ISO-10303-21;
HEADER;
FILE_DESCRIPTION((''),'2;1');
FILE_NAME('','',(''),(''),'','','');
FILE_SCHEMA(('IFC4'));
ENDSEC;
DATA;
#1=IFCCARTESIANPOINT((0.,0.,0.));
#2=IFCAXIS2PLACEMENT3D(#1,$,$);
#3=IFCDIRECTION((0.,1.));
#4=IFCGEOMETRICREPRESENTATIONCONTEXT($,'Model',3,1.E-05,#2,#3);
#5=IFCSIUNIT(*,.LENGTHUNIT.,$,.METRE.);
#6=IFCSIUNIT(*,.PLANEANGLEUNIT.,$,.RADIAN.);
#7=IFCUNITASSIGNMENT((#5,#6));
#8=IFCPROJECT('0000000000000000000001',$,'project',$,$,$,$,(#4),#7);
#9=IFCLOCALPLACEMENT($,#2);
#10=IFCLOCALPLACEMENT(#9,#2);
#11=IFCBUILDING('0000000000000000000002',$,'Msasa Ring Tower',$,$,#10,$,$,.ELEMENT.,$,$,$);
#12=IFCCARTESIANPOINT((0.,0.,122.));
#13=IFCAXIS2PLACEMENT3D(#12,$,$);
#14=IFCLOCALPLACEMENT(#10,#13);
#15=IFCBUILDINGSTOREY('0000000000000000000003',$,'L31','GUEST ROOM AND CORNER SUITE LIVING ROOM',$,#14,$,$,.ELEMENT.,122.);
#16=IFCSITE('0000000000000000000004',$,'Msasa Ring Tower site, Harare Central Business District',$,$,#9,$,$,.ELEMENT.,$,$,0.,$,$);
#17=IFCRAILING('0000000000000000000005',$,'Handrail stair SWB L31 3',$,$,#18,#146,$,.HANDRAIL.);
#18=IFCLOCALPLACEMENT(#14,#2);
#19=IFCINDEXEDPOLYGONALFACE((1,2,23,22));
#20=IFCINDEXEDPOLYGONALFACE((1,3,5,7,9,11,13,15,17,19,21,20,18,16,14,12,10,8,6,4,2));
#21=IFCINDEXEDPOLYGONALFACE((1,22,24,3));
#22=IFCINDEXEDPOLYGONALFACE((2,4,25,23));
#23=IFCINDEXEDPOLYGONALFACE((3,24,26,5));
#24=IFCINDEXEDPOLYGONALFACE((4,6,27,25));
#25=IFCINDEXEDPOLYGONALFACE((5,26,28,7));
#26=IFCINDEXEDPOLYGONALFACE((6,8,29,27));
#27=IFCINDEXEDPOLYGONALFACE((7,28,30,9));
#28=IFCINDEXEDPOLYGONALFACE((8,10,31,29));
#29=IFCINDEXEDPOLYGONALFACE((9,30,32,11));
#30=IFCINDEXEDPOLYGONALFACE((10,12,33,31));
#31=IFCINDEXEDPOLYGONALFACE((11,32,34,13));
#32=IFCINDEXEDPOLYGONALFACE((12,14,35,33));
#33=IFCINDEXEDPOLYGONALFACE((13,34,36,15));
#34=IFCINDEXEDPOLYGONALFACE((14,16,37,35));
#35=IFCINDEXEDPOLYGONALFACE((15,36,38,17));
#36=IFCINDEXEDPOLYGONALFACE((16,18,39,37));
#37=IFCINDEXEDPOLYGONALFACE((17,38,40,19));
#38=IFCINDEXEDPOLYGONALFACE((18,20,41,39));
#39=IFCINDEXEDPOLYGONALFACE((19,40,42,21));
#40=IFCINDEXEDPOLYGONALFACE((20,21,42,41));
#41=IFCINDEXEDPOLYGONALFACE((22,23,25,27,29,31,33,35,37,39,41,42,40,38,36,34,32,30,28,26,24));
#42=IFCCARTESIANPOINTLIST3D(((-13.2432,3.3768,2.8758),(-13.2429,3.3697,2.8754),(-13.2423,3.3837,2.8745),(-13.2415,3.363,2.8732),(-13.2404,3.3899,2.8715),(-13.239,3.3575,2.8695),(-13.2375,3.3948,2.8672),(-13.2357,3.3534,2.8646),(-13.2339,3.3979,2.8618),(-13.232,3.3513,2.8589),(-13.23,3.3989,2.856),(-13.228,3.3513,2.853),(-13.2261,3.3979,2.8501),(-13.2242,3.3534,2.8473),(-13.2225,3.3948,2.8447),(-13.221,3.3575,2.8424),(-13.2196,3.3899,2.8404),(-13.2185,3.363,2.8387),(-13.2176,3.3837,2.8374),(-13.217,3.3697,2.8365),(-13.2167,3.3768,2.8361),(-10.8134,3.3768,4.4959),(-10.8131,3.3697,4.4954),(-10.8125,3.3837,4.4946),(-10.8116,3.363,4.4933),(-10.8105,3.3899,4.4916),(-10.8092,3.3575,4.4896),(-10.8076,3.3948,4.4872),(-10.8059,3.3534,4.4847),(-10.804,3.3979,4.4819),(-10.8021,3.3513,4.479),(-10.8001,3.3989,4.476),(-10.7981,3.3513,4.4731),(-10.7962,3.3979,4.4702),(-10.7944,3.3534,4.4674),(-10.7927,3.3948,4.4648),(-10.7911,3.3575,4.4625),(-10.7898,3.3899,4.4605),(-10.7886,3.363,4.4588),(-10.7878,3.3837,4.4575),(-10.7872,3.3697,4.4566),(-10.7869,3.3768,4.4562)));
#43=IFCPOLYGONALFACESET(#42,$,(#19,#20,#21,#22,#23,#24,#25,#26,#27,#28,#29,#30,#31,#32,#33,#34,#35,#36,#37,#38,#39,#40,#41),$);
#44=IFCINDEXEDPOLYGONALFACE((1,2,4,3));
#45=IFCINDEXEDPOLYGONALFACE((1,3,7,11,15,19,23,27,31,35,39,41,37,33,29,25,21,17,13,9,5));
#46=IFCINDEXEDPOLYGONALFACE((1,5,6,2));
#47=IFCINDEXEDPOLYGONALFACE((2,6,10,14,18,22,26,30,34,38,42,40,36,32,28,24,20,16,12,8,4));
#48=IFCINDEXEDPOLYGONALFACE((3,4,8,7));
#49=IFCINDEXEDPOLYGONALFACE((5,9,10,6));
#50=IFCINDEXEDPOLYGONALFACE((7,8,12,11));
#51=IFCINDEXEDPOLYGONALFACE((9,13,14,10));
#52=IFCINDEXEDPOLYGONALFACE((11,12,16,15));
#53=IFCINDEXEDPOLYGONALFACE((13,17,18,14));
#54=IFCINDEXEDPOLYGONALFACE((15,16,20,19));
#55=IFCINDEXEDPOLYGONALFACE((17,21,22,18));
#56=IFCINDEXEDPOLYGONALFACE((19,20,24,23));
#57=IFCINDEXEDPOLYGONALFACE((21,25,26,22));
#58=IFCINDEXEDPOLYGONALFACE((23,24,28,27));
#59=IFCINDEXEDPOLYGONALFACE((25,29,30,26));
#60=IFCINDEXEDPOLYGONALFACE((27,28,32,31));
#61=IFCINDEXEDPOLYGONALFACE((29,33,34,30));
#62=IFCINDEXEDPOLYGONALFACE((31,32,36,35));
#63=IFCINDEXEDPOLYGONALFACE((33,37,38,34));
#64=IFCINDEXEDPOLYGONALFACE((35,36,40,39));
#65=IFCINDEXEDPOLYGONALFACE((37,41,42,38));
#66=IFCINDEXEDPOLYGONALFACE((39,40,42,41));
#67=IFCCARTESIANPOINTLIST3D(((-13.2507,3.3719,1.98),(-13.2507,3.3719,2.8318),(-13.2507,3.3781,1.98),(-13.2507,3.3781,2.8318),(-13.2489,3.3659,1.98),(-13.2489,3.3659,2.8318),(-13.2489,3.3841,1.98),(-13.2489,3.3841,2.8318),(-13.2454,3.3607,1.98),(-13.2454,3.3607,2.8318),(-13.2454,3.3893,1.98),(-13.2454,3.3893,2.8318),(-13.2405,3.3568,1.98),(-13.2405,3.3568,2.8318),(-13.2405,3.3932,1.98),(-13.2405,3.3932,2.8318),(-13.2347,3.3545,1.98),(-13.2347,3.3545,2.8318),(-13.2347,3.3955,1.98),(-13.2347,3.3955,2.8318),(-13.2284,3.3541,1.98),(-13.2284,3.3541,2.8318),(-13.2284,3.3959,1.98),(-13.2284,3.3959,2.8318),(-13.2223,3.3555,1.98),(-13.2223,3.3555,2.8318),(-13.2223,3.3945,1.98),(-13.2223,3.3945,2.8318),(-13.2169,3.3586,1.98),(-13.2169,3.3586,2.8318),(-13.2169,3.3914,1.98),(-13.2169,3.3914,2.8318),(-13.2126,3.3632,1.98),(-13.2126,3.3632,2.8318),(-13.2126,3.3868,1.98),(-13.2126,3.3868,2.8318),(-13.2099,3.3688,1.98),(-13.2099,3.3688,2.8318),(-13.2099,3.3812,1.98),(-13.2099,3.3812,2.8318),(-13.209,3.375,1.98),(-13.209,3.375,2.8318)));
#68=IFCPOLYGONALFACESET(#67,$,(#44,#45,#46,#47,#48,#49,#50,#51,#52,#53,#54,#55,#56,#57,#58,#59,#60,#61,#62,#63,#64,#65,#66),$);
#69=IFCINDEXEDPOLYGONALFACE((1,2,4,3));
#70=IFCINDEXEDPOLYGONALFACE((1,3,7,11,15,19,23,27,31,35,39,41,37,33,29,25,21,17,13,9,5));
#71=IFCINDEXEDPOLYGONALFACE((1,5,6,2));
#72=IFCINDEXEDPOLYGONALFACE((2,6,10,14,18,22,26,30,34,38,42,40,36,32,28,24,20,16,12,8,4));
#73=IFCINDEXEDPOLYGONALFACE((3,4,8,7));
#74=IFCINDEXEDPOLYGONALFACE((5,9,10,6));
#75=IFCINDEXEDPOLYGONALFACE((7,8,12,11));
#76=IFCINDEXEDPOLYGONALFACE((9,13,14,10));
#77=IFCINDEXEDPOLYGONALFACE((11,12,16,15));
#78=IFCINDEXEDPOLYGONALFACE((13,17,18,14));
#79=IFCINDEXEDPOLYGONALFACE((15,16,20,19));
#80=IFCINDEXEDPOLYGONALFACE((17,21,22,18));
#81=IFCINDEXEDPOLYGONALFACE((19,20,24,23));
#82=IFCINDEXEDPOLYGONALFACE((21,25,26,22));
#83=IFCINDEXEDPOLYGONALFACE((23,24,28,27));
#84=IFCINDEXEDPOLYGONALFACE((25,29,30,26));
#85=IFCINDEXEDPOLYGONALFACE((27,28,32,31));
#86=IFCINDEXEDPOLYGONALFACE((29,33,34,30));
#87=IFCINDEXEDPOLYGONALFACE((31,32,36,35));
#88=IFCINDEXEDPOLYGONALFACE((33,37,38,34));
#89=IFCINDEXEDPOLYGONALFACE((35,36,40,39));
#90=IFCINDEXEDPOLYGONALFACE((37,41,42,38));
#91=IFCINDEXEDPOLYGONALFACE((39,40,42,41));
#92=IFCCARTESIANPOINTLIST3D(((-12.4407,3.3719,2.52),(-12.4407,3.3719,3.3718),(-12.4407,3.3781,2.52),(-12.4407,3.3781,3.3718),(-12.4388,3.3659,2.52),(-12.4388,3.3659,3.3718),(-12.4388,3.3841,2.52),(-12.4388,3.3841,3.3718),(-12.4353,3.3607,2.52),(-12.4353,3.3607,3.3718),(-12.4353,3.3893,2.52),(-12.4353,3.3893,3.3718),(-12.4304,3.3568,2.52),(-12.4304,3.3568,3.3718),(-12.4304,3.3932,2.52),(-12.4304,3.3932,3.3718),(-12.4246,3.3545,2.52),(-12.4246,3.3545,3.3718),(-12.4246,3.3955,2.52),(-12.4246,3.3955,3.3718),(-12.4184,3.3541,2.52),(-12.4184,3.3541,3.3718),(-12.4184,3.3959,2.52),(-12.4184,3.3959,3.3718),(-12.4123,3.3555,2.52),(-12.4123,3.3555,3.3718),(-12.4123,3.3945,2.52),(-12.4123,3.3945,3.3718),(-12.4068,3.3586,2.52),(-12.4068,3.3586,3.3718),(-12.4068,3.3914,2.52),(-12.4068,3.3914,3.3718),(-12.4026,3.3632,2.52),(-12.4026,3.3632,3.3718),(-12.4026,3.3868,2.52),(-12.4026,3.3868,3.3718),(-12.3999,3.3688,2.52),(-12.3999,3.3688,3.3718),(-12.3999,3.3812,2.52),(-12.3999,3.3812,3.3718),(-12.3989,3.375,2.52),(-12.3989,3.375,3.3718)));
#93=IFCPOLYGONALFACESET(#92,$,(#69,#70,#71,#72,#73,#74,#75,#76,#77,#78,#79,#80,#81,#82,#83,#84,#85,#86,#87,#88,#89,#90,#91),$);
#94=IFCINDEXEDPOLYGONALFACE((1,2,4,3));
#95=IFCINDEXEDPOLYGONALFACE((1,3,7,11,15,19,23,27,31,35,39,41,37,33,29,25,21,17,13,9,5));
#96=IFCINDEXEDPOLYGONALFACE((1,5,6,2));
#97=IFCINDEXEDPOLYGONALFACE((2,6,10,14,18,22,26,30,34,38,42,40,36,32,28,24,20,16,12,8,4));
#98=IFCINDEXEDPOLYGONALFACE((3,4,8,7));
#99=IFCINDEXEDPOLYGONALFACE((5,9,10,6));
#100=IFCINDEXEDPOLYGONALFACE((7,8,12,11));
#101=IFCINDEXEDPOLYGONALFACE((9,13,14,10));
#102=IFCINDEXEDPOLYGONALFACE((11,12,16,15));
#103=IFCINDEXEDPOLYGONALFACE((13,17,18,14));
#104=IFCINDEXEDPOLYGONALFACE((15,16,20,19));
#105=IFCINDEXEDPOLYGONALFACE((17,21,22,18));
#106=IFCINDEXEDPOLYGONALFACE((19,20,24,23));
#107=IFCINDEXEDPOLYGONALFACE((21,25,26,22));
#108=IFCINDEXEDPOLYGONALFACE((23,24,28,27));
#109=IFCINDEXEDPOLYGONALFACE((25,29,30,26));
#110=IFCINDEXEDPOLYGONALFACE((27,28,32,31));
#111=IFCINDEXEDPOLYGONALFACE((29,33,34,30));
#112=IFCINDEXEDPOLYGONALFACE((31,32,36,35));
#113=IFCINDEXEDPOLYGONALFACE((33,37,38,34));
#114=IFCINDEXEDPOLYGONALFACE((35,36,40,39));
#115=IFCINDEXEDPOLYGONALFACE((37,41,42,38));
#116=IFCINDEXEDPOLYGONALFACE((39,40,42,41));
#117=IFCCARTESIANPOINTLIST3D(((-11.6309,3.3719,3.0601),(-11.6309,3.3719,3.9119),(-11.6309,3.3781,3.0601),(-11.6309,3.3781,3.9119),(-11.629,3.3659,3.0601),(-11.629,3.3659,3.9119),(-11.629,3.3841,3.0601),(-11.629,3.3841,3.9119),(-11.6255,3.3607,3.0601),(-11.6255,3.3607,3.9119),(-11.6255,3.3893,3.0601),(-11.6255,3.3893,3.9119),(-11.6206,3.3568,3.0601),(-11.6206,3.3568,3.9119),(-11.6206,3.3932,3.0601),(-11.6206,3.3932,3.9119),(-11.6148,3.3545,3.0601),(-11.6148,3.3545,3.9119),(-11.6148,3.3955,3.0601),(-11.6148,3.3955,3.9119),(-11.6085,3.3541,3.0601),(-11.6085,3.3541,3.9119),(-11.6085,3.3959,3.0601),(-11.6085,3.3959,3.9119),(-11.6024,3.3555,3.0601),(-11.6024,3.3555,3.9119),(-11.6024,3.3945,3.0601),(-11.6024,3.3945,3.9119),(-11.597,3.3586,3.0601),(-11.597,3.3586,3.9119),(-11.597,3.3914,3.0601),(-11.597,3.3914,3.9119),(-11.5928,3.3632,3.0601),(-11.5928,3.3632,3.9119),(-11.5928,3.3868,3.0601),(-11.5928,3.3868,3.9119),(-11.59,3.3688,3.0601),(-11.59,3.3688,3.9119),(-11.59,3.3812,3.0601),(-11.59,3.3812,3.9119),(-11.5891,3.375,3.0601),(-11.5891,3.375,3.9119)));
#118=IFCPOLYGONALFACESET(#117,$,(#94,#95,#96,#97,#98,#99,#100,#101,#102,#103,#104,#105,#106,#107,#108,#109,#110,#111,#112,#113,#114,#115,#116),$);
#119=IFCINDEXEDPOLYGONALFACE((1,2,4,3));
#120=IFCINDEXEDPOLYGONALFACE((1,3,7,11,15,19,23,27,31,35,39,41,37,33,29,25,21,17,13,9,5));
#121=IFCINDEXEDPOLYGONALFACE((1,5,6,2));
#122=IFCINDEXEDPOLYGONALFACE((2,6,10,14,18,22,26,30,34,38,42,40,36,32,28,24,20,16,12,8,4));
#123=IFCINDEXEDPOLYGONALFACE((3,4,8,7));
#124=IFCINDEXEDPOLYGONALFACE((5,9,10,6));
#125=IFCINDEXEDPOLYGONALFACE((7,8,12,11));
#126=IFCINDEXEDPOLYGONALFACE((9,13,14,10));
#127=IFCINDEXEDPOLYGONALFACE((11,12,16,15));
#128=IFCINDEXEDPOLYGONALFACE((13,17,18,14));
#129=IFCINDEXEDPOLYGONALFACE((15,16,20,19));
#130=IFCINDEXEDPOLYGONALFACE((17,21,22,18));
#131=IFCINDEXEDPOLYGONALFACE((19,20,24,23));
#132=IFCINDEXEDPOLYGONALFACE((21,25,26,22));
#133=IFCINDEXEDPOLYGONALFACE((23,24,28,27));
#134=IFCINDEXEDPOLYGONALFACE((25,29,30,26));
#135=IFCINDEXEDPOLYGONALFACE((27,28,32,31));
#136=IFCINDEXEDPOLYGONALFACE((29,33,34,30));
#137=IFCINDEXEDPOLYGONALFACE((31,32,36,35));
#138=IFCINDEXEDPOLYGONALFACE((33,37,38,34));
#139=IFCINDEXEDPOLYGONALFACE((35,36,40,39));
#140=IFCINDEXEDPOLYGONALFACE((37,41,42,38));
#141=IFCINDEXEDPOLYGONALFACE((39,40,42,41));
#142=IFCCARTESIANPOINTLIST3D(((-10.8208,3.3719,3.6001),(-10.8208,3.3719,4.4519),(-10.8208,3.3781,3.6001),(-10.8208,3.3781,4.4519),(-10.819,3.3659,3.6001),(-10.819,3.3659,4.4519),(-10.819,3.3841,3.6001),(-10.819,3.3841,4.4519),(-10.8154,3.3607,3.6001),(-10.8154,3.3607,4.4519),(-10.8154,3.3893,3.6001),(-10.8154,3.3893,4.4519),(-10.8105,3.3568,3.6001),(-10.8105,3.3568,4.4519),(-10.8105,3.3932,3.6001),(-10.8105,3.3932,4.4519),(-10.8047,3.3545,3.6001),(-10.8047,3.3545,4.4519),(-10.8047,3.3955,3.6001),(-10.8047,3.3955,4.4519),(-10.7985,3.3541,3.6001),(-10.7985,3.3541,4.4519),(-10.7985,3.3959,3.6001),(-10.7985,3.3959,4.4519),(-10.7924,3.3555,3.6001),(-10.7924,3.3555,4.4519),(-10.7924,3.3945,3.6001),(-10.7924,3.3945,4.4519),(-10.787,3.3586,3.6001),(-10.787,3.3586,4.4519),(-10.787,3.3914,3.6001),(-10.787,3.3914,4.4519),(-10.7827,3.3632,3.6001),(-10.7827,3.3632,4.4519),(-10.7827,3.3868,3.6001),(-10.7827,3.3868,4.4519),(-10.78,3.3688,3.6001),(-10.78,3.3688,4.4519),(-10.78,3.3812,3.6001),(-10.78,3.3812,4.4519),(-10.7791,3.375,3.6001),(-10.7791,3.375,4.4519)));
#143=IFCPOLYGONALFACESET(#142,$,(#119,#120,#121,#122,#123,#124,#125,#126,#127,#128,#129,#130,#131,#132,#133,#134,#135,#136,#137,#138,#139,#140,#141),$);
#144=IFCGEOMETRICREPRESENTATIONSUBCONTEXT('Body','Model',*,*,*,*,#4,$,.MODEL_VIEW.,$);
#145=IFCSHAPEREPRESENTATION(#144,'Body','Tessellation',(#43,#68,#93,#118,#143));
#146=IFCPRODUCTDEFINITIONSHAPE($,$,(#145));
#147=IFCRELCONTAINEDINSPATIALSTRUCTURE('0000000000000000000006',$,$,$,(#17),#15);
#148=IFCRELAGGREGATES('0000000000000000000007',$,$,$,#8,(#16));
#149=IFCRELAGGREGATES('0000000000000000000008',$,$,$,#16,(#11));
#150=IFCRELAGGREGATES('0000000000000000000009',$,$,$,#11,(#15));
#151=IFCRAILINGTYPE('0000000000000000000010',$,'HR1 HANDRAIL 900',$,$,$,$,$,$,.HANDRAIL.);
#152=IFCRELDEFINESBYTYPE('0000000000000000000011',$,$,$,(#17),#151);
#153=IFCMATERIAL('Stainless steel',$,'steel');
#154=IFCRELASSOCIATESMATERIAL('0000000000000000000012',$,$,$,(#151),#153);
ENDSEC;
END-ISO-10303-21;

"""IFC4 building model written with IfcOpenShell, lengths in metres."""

from ifc_helpers import new_model, si_unit, direction, frame, origin, origin_2d, place, context, subcontext, project, spatial, circle, extrude, material, type_object, element, save


model = new_model("IFC4")

# Units and contexts
model_context = context("Model", 3, precision=1e-05, world=origin(), true_north=direction((0.0, 1.0)))
body_context = subcontext(model_context, "Body", "Model", "MODEL_VIEW")
ifc_project = project(units=[si_unit("LENGTHUNIT", "METRE"), si_unit("PLANEANGLEUNIT", "RADIAN")], contexts=[model_context])

# Site, building, storey
site_placement = place(None, origin())
site = spatial("IfcSite", under=ifc_project, at=site_placement, Name="Msasa Ring Tower site, Harare Central Business District", CompositionType="ELEMENT", RefElevation=0.0)
building_placement = place(site_placement, origin())
building = spatial("IfcBuilding", under=site, at=building_placement, Name="Msasa Ring Tower", CompositionType="ELEMENT")
storey_placement = place(building_placement, frame((0.0, 0.0, 122.0)))
storey = spatial("IfcBuildingStorey", under=building, at=storey_placement, Name="L31", Description="GUEST ROOM AND CORNER SUITE LIVING ROOM", CompositionType="ELEMENT", Elevation=122.0)

# Railing
ifc_material_1 = material(Name="Stainless steel", Category="steel")
railing_type = type_object("IfcRailingType", Name="HR1 HANDRAIL 900", PredefinedType="HANDRAIL", material=ifc_material_1)
for number, where, name in (
    (1, (-13.23, 3.375, 1.98), "Handrail stair SWB L31 3"),
):
    element("IfcRailing", number, at=place(storey_placement, frame(where)), inside=storey, type_object=railing_type, Name=name, PredefinedType="HANDRAIL", context=body_context, shape_type="SweptSolid", body=[
        extrude(circle(Radius=0.0239, at=origin_2d()), frame((0.0, 0.0, 0.876), z_axis=(0.832025, 0.0, 0.554739), x_axis=(0.0, 1.0, 0.0)), (0.0, 0.0, 1.0), 2.9204),
        extrude(circle(Radius=0.021, at=origin_2d()), origin(), (0.0, 0.0, 1.0), 0.8518),
        extrude(circle(Radius=0.021, at=origin_2d()), frame((0.8101, 0.0, 0.54)), (0.0, 0.0, 1.0), 0.8518),
        extrude(circle(Radius=0.021, at=origin_2d()), frame((1.6199, 0.0, 1.0801)), (0.0, 0.0, 1.0), 0.8518),
        extrude(circle(Radius=0.021, at=origin_2d()), frame((2.4299, 0.0, 1.6201)), (0.0, 0.0, 1.0), 0.8518),
    ])

save(model, "model.ifc")
